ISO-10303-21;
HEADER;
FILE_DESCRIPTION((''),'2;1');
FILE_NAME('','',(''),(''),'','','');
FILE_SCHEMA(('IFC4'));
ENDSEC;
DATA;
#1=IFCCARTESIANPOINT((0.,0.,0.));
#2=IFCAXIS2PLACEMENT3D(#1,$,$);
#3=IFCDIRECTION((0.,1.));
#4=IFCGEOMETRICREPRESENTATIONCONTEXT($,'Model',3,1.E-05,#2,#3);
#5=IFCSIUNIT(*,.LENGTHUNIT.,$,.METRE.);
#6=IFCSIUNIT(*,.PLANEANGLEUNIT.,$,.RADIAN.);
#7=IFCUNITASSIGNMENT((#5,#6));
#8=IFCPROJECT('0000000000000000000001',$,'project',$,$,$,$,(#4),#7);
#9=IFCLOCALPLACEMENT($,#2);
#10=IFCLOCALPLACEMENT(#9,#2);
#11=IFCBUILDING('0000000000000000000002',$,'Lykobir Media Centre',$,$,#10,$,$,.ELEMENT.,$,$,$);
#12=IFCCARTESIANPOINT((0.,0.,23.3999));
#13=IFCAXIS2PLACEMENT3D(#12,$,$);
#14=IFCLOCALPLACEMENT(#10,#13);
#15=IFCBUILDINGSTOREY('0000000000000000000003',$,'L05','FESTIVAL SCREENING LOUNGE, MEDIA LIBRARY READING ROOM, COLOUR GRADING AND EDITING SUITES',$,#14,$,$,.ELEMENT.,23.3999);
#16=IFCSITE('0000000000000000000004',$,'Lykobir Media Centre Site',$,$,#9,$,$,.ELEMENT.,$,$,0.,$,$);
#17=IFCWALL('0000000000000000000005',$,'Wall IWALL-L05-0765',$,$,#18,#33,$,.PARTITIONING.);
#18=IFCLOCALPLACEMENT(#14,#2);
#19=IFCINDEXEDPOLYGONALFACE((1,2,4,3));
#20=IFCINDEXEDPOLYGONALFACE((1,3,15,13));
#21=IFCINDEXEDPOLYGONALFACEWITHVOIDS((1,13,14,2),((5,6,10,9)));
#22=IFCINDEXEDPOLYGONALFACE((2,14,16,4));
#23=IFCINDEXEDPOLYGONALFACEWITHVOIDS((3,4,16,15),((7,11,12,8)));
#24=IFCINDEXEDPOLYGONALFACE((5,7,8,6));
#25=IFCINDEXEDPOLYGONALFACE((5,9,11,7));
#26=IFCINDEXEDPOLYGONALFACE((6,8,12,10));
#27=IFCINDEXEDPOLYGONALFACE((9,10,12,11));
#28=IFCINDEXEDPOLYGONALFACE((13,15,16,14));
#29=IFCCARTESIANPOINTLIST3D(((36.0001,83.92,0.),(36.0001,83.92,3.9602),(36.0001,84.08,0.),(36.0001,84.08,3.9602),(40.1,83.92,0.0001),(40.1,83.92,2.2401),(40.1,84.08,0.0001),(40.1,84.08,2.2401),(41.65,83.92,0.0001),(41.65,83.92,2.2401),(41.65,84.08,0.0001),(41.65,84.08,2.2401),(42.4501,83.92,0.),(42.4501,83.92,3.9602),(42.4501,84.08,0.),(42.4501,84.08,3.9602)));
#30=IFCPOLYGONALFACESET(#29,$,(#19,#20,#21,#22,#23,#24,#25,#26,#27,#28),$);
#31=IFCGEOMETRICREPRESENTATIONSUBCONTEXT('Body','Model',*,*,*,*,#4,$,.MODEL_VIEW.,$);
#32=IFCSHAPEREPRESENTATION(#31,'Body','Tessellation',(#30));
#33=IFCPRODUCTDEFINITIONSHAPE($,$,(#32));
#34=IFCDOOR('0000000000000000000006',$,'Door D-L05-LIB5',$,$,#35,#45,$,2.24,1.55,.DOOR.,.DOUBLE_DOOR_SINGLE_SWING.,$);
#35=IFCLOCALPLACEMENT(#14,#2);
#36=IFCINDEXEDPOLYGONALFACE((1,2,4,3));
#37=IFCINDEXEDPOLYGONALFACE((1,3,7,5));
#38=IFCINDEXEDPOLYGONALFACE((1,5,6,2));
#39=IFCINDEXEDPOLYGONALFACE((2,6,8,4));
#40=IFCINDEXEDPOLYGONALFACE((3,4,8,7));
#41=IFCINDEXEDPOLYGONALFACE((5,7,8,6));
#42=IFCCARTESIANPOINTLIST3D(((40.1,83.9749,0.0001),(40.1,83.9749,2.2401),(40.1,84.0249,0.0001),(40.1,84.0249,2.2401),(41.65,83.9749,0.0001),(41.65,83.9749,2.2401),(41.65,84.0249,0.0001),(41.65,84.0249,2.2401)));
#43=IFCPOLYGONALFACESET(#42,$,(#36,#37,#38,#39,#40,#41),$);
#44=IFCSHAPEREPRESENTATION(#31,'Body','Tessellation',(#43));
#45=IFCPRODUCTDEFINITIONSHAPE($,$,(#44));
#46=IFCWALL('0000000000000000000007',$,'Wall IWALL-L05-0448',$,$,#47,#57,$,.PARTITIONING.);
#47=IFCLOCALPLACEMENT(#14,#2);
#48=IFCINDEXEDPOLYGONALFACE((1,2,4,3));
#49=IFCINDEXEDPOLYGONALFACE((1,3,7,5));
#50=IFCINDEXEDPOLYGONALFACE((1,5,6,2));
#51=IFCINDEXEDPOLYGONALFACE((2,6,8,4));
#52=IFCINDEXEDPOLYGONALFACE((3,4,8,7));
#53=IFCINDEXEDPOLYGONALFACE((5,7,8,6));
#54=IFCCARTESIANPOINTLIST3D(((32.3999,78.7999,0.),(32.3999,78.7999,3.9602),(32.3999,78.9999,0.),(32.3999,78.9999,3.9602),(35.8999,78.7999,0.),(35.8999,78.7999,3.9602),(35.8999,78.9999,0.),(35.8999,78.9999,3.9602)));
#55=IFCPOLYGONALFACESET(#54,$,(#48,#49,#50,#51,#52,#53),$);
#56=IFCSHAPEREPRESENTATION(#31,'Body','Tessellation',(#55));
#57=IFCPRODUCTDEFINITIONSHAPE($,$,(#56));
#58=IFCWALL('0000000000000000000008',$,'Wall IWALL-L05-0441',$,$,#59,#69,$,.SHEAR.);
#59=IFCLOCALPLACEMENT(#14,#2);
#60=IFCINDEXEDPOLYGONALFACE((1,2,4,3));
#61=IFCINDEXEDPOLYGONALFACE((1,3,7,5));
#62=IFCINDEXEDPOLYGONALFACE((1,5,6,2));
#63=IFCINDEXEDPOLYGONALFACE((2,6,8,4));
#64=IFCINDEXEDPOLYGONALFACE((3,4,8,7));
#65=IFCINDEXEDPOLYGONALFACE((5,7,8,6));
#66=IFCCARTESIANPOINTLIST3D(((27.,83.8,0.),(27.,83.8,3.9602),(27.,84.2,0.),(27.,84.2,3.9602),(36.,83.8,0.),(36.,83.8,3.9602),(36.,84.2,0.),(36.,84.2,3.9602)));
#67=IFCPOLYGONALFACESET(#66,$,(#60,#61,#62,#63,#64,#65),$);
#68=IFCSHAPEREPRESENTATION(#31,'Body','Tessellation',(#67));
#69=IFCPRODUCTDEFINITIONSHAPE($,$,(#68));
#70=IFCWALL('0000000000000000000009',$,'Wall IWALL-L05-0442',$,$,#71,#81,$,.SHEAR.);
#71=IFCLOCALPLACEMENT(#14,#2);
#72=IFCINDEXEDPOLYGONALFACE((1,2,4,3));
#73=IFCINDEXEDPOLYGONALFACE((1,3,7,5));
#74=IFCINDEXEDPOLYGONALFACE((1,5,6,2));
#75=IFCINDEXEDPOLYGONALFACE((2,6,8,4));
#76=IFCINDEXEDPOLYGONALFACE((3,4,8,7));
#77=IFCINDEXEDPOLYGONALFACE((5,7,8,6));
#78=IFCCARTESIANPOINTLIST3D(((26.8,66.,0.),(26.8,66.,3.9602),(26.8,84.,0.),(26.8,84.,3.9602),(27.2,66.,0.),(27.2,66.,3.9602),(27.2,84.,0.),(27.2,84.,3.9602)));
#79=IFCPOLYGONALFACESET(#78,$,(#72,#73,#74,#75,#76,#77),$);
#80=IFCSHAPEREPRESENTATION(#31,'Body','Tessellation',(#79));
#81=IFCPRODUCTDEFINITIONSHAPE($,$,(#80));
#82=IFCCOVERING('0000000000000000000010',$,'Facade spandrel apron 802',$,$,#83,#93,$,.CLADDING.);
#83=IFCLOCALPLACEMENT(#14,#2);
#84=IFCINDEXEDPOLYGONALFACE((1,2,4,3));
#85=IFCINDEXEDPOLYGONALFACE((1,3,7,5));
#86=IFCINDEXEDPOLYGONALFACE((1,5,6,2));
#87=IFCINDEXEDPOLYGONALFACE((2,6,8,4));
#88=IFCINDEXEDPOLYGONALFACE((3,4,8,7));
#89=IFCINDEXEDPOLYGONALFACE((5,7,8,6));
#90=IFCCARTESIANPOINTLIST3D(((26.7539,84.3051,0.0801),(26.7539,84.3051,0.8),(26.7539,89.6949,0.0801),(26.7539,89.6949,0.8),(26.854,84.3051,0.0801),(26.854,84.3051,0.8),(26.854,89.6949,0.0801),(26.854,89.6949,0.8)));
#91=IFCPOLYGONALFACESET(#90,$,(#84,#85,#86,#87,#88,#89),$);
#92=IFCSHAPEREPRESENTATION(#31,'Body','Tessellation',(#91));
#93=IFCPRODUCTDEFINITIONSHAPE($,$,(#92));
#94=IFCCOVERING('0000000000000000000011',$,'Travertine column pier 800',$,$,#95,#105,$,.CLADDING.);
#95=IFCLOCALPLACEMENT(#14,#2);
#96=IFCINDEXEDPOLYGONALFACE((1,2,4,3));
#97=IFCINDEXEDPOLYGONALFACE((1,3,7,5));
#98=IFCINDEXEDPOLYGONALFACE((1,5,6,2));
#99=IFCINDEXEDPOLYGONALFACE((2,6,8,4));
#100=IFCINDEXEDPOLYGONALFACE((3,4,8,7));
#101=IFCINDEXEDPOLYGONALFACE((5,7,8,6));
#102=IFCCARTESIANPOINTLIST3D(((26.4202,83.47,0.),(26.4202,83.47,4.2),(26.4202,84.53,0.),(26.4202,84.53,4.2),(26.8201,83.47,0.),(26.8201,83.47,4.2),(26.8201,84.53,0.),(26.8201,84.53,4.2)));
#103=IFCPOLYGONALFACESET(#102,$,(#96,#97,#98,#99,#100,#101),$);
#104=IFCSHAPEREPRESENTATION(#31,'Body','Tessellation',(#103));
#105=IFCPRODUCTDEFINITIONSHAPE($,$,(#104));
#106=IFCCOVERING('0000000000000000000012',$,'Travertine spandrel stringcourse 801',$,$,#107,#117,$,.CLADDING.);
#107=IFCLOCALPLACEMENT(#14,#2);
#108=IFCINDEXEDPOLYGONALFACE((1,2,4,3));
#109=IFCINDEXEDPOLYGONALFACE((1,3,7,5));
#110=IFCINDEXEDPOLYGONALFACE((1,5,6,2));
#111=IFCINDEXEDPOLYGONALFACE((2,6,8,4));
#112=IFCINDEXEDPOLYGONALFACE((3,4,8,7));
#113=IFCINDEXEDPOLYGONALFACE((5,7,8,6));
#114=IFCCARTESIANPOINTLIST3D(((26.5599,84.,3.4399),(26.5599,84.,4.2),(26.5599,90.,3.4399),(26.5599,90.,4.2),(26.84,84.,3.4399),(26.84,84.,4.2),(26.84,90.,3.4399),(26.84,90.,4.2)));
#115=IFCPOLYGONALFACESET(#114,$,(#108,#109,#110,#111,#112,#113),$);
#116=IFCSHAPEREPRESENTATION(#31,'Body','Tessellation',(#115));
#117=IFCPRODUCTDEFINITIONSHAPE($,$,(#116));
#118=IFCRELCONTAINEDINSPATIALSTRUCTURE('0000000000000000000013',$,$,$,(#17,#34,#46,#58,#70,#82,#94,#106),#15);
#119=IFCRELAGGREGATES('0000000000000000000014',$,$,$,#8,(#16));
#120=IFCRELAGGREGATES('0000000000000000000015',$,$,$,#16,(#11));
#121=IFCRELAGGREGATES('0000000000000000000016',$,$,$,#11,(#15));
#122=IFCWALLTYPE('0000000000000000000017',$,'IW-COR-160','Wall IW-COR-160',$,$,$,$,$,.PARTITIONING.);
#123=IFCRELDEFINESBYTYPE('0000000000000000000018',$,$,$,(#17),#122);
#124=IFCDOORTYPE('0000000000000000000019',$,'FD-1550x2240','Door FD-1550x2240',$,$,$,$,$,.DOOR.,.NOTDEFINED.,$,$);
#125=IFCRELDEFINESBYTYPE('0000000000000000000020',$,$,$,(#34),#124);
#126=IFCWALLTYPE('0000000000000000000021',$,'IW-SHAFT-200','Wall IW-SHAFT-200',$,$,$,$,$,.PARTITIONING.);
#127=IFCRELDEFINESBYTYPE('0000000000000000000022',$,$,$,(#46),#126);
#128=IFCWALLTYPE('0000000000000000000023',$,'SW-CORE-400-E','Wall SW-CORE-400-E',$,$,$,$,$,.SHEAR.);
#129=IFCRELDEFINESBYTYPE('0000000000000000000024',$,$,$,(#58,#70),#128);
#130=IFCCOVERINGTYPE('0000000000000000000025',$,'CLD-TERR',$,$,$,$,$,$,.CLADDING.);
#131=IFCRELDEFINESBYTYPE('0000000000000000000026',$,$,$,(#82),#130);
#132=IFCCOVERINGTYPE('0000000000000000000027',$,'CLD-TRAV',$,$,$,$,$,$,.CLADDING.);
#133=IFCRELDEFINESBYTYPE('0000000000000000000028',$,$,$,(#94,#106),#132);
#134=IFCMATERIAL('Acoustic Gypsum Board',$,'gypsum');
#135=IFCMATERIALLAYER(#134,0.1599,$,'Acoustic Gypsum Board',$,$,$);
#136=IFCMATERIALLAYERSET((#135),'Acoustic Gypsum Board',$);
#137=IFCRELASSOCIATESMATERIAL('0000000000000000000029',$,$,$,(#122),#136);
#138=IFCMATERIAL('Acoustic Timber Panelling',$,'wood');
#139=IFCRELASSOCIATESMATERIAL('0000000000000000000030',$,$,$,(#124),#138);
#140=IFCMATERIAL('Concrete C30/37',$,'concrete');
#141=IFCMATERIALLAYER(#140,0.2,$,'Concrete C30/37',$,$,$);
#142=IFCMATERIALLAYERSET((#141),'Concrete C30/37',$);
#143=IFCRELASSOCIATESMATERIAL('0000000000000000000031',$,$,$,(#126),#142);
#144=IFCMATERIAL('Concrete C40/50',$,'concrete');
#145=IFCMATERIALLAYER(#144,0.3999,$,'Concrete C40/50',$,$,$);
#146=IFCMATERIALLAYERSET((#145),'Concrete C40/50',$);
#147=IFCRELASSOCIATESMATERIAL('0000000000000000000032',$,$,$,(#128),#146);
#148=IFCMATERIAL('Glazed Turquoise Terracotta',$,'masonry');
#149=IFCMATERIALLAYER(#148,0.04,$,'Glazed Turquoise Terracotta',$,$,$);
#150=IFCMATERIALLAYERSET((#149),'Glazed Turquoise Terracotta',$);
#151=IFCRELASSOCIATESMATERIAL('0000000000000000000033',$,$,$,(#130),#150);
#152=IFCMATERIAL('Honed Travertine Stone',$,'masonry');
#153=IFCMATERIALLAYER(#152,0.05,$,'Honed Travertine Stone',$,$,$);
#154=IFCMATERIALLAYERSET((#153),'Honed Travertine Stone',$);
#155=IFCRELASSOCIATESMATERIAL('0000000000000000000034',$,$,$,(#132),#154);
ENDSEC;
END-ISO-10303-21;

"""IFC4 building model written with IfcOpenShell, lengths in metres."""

from ifc_helpers import new_model, si_unit, direction, frame, frame_2d, origin, origin_2d, place, context, subcontext, project, spatial, rectangle, extrude, material, layer, layer_set, type_object, element, fill, save


model = new_model("IFC4")

# Units and contexts
model_context = context("Model", 3, precision=1e-05, world=origin(), true_north=direction((0.0, 1.0)))
body_context = subcontext(model_context, "Body", "Model", "MODEL_VIEW")
ifc_project = project(units=[si_unit("LENGTHUNIT", "METRE"), si_unit("PLANEANGLEUNIT", "RADIAN")], contexts=[model_context])

# Site, building, storey
site_placement = place(None, origin())
site = spatial("IfcSite", under=ifc_project, at=site_placement, Name="Lykobir Media Centre Site", CompositionType="ELEMENT", RefElevation=0.0)
building_placement = place(site_placement, origin())
building = spatial("IfcBuilding", under=site, at=building_placement, Name="Lykobir Media Centre", CompositionType="ELEMENT")
storey_placement = place(building_placement, frame((0.0, 0.0, 23.3999)))
storey = spatial("IfcBuildingStorey", under=building, at=storey_placement, Name="L05", Description="FESTIVAL SCREENING LOUNGE, MEDIA LIBRARY READING ROOM, COLOUR GRADING AND EDITING SUITES", CompositionType="ELEMENT", Elevation=23.3999)

# Shared definitions
ifc_material_1 = material(Name="Concrete C40/50", Category="concrete")

# Wall, opening, door
ifc_material_2 = material(Name="Acoustic Gypsum Board", Category="gypsum")
ifc_layer_1 = layer(ifc_material_2, 0.1599, Name="Acoustic Gypsum Board")
ifc_layer_set_1 = layer_set([ifc_layer_1], Name="Acoustic Gypsum Board")
wall_type_1 = type_object("IfcWallType", Name="IW-COR-160", Description="Wall IW-COR-160", PredefinedType="PARTITIONING", material=ifc_layer_set_1)
wall_1_placement = place(storey_placement, frame((36.0, 84.0, 0.0), z_axis=(0.0, 0.0, 1.0), x_axis=(1.0, 0.0, 0.0)))
wall_1 = element("IfcWall", 1, at=wall_1_placement, inside=storey, type_object=wall_type_1, Name="Wall IWALL-L05-0765", PredefinedType="PARTITIONING", context=body_context, shape_type="SweptSolid", body=[
    extrude(rectangle(XDim=6.45, YDim=0.1599, at=frame_2d((3.2251, 0.0))), origin(), (0.0, 0.0, 1.0), 3.9602),
])
opening_placement = place(wall_1_placement, frame((4.1001, 0.0, 0.0)))
opening = element("IfcOpeningElement", 2, at=opening_placement, cuts=wall_1, PredefinedType="OPENING", context=body_context, shape_type="SweptSolid", body=[
    extrude(rectangle(XDim=1.55, YDim=2.24, at=frame_2d((0.7749, 1.1201))), frame((0.0, 0.0898, 0.0), z_axis=(0.0, -1.0, 0.0), x_axis=(1.0, 0.0, 0.0)), (0.0, 0.0, 1.0), 0.1799),
])
ifc_material_3 = material(Name="Acoustic Timber Panelling", Category="wood")
door_type = type_object("IfcDoorType", Name="FD-1550x2240", Description="Door FD-1550x2240", OperationType="NOTDEFINED", PredefinedType="DOOR", material=ifc_material_3)
door_placement = place(opening_placement, origin())
door = element("IfcDoor", 3, at=door_placement, inside=storey, type_object=door_type, Name="Door D-L05-LIB5", OperationType="DOUBLE_DOOR_SINGLE_SWING", OverallHeight=2.24, OverallWidth=1.55, PredefinedType="DOOR", context=body_context, shape_type="SweptSolid", body=[
    extrude(rectangle(XDim=1.55, YDim=2.24, at=frame_2d((0.7749, 1.1201))), frame((0.0, 0.0249, 0.0), z_axis=(0.0, -1.0, 0.0), x_axis=(1.0, 0.0, 0.0)), (0.0, 0.0, 1.0), 0.05),
])
fill(opening, door)

# Walls
ifc_material_4 = material(Name="Concrete C30/37", Category="concrete")
ifc_layer_2 = layer(ifc_material_4, 0.2, Name="Concrete C30/37")
ifc_layer_set_2 = layer_set([ifc_layer_2], Name="Concrete C30/37")
wall_type_2 = type_object("IfcWallType", Name="IW-SHAFT-200", Description="Wall IW-SHAFT-200", PredefinedType="PARTITIONING", material=ifc_layer_set_2)
wall_2_placement = place(storey_placement, frame((32.3999, 78.8999, 0.0), z_axis=(0.0, 0.0, 1.0), x_axis=(1.0, 0.0, 0.0)))
element("IfcWall", 4, at=wall_2_placement, inside=storey, type_object=wall_type_2, Name="Wall IWALL-L05-0448", PredefinedType="PARTITIONING", context=body_context, shape_type="SweptSolid", body=[
    extrude(rectangle(XDim=3.5, YDim=0.2, at=frame_2d((1.75, 0.0))), origin(), (0.0, 0.0, 1.0), 3.9602),
])
ifc_layer_3 = layer(ifc_material_1, 0.3999, Name="Concrete C40/50")
ifc_layer_set_3 = layer_set([ifc_layer_3], Name="Concrete C40/50")
wall_type_3 = type_object("IfcWallType", Name="SW-CORE-400-E", Description="Wall SW-CORE-400-E", PredefinedType="SHEAR", material=ifc_layer_set_3)
wall_3_placement = place(storey_placement, frame((36.0, 84.0, 0.0), z_axis=(0.0, 0.0, 1.0), x_axis=(-1.0, 0.0, 0.0)))
element("IfcWall", 5, at=wall_3_placement, inside=storey, type_object=wall_type_3, Name="Wall IWALL-L05-0441", PredefinedType="SHEAR", context=body_context, shape_type="SweptSolid", body=[
    extrude(rectangle(XDim=9.0, YDim=0.3999, at=frame_2d((4.5, 0.0))), origin(), (0.0, 0.0, 1.0), 3.9602),
])
wall_4_placement = place(storey_placement, frame((27.0, 84.0, 0.0), z_axis=(0.0, 0.0, 1.0), x_axis=(0.0, -1.0, 0.0)))
element("IfcWall", 6, at=wall_4_placement, inside=storey, type_object=wall_type_3, Name="Wall IWALL-L05-0442", PredefinedType="SHEAR", context=body_context, shape_type="SweptSolid", body=[
    extrude(rectangle(XDim=18.0, YDim=0.3999, at=frame_2d((9.0, 0.0))), origin(), (0.0, 0.0, 1.0), 3.9602),
])

# Coverings
ifc_material_5 = material(Name="Glazed Turquoise Terracotta", Category="masonry")
ifc_layer_4 = layer(ifc_material_5, 0.04, Name="Glazed Turquoise Terracotta")
ifc_layer_set_4 = layer_set([ifc_layer_4], Name="Glazed Turquoise Terracotta")
covering_type_1 = type_object("IfcCoveringType", Name="CLD-TERR", PredefinedType="CLADDING", material=ifc_layer_set_4)
covering_1_placement = place(storey_placement, frame((26.804, 87.0, 0.0801), z_axis=(0.0, 0.0, 1.0), x_axis=(0.0, -1.0, 0.0)))
element("IfcCovering", 7, at=covering_1_placement, inside=storey, type_object=covering_type_1, Name="Facade spandrel apron 802", PredefinedType="CLADDING", context=body_context, shape_type="SweptSolid", body=[
    extrude(rectangle(XDim=5.3899, YDim=0.1001, at=origin_2d()), origin(), (0.0, 0.0, 1.0), 0.72),
])
ifc_material_6 = material(Name="Honed Travertine Stone", Category="masonry")
ifc_layer_5 = layer(ifc_material_6, 0.05, Name="Honed Travertine Stone")
ifc_layer_set_5 = layer_set([ifc_layer_5], Name="Honed Travertine Stone")
covering_type_2 = type_object("IfcCoveringType", Name="CLD-TRAV", PredefinedType="CLADDING", material=ifc_layer_set_5)
covering_2_placement = place(storey_placement, frame((26.6201, 84.0, 0.0), z_axis=(0.0, 0.0, 1.0), x_axis=(0.0, -1.0, 0.0)))
element("IfcCovering", 8, at=covering_2_placement, inside=storey, type_object=covering_type_2, Name="Travertine column pier 800", PredefinedType="CLADDING", context=body_context, shape_type="SweptSolid", body=[
    extrude(rectangle(XDim=1.0601, YDim=0.3999, at=origin_2d()), origin(), (0.0, 0.0, 1.0), 4.2),
])
covering_3_placement = place(storey_placement, frame((26.7, 87.0, 3.4399), z_axis=(0.0, 0.0, 1.0), x_axis=(0.0, -1.0, 0.0)))
element("IfcCovering", 9, at=covering_3_placement, inside=storey, type_object=covering_type_2, Name="Travertine spandrel stringcourse 801", PredefinedType="CLADDING", context=body_context, shape_type="SweptSolid", body=[
    extrude(rectangle(XDim=6.0, YDim=0.28, at=origin_2d()), origin(), (0.0, 0.0, 1.0), 0.76),
])

save(model, "model.ifc")
